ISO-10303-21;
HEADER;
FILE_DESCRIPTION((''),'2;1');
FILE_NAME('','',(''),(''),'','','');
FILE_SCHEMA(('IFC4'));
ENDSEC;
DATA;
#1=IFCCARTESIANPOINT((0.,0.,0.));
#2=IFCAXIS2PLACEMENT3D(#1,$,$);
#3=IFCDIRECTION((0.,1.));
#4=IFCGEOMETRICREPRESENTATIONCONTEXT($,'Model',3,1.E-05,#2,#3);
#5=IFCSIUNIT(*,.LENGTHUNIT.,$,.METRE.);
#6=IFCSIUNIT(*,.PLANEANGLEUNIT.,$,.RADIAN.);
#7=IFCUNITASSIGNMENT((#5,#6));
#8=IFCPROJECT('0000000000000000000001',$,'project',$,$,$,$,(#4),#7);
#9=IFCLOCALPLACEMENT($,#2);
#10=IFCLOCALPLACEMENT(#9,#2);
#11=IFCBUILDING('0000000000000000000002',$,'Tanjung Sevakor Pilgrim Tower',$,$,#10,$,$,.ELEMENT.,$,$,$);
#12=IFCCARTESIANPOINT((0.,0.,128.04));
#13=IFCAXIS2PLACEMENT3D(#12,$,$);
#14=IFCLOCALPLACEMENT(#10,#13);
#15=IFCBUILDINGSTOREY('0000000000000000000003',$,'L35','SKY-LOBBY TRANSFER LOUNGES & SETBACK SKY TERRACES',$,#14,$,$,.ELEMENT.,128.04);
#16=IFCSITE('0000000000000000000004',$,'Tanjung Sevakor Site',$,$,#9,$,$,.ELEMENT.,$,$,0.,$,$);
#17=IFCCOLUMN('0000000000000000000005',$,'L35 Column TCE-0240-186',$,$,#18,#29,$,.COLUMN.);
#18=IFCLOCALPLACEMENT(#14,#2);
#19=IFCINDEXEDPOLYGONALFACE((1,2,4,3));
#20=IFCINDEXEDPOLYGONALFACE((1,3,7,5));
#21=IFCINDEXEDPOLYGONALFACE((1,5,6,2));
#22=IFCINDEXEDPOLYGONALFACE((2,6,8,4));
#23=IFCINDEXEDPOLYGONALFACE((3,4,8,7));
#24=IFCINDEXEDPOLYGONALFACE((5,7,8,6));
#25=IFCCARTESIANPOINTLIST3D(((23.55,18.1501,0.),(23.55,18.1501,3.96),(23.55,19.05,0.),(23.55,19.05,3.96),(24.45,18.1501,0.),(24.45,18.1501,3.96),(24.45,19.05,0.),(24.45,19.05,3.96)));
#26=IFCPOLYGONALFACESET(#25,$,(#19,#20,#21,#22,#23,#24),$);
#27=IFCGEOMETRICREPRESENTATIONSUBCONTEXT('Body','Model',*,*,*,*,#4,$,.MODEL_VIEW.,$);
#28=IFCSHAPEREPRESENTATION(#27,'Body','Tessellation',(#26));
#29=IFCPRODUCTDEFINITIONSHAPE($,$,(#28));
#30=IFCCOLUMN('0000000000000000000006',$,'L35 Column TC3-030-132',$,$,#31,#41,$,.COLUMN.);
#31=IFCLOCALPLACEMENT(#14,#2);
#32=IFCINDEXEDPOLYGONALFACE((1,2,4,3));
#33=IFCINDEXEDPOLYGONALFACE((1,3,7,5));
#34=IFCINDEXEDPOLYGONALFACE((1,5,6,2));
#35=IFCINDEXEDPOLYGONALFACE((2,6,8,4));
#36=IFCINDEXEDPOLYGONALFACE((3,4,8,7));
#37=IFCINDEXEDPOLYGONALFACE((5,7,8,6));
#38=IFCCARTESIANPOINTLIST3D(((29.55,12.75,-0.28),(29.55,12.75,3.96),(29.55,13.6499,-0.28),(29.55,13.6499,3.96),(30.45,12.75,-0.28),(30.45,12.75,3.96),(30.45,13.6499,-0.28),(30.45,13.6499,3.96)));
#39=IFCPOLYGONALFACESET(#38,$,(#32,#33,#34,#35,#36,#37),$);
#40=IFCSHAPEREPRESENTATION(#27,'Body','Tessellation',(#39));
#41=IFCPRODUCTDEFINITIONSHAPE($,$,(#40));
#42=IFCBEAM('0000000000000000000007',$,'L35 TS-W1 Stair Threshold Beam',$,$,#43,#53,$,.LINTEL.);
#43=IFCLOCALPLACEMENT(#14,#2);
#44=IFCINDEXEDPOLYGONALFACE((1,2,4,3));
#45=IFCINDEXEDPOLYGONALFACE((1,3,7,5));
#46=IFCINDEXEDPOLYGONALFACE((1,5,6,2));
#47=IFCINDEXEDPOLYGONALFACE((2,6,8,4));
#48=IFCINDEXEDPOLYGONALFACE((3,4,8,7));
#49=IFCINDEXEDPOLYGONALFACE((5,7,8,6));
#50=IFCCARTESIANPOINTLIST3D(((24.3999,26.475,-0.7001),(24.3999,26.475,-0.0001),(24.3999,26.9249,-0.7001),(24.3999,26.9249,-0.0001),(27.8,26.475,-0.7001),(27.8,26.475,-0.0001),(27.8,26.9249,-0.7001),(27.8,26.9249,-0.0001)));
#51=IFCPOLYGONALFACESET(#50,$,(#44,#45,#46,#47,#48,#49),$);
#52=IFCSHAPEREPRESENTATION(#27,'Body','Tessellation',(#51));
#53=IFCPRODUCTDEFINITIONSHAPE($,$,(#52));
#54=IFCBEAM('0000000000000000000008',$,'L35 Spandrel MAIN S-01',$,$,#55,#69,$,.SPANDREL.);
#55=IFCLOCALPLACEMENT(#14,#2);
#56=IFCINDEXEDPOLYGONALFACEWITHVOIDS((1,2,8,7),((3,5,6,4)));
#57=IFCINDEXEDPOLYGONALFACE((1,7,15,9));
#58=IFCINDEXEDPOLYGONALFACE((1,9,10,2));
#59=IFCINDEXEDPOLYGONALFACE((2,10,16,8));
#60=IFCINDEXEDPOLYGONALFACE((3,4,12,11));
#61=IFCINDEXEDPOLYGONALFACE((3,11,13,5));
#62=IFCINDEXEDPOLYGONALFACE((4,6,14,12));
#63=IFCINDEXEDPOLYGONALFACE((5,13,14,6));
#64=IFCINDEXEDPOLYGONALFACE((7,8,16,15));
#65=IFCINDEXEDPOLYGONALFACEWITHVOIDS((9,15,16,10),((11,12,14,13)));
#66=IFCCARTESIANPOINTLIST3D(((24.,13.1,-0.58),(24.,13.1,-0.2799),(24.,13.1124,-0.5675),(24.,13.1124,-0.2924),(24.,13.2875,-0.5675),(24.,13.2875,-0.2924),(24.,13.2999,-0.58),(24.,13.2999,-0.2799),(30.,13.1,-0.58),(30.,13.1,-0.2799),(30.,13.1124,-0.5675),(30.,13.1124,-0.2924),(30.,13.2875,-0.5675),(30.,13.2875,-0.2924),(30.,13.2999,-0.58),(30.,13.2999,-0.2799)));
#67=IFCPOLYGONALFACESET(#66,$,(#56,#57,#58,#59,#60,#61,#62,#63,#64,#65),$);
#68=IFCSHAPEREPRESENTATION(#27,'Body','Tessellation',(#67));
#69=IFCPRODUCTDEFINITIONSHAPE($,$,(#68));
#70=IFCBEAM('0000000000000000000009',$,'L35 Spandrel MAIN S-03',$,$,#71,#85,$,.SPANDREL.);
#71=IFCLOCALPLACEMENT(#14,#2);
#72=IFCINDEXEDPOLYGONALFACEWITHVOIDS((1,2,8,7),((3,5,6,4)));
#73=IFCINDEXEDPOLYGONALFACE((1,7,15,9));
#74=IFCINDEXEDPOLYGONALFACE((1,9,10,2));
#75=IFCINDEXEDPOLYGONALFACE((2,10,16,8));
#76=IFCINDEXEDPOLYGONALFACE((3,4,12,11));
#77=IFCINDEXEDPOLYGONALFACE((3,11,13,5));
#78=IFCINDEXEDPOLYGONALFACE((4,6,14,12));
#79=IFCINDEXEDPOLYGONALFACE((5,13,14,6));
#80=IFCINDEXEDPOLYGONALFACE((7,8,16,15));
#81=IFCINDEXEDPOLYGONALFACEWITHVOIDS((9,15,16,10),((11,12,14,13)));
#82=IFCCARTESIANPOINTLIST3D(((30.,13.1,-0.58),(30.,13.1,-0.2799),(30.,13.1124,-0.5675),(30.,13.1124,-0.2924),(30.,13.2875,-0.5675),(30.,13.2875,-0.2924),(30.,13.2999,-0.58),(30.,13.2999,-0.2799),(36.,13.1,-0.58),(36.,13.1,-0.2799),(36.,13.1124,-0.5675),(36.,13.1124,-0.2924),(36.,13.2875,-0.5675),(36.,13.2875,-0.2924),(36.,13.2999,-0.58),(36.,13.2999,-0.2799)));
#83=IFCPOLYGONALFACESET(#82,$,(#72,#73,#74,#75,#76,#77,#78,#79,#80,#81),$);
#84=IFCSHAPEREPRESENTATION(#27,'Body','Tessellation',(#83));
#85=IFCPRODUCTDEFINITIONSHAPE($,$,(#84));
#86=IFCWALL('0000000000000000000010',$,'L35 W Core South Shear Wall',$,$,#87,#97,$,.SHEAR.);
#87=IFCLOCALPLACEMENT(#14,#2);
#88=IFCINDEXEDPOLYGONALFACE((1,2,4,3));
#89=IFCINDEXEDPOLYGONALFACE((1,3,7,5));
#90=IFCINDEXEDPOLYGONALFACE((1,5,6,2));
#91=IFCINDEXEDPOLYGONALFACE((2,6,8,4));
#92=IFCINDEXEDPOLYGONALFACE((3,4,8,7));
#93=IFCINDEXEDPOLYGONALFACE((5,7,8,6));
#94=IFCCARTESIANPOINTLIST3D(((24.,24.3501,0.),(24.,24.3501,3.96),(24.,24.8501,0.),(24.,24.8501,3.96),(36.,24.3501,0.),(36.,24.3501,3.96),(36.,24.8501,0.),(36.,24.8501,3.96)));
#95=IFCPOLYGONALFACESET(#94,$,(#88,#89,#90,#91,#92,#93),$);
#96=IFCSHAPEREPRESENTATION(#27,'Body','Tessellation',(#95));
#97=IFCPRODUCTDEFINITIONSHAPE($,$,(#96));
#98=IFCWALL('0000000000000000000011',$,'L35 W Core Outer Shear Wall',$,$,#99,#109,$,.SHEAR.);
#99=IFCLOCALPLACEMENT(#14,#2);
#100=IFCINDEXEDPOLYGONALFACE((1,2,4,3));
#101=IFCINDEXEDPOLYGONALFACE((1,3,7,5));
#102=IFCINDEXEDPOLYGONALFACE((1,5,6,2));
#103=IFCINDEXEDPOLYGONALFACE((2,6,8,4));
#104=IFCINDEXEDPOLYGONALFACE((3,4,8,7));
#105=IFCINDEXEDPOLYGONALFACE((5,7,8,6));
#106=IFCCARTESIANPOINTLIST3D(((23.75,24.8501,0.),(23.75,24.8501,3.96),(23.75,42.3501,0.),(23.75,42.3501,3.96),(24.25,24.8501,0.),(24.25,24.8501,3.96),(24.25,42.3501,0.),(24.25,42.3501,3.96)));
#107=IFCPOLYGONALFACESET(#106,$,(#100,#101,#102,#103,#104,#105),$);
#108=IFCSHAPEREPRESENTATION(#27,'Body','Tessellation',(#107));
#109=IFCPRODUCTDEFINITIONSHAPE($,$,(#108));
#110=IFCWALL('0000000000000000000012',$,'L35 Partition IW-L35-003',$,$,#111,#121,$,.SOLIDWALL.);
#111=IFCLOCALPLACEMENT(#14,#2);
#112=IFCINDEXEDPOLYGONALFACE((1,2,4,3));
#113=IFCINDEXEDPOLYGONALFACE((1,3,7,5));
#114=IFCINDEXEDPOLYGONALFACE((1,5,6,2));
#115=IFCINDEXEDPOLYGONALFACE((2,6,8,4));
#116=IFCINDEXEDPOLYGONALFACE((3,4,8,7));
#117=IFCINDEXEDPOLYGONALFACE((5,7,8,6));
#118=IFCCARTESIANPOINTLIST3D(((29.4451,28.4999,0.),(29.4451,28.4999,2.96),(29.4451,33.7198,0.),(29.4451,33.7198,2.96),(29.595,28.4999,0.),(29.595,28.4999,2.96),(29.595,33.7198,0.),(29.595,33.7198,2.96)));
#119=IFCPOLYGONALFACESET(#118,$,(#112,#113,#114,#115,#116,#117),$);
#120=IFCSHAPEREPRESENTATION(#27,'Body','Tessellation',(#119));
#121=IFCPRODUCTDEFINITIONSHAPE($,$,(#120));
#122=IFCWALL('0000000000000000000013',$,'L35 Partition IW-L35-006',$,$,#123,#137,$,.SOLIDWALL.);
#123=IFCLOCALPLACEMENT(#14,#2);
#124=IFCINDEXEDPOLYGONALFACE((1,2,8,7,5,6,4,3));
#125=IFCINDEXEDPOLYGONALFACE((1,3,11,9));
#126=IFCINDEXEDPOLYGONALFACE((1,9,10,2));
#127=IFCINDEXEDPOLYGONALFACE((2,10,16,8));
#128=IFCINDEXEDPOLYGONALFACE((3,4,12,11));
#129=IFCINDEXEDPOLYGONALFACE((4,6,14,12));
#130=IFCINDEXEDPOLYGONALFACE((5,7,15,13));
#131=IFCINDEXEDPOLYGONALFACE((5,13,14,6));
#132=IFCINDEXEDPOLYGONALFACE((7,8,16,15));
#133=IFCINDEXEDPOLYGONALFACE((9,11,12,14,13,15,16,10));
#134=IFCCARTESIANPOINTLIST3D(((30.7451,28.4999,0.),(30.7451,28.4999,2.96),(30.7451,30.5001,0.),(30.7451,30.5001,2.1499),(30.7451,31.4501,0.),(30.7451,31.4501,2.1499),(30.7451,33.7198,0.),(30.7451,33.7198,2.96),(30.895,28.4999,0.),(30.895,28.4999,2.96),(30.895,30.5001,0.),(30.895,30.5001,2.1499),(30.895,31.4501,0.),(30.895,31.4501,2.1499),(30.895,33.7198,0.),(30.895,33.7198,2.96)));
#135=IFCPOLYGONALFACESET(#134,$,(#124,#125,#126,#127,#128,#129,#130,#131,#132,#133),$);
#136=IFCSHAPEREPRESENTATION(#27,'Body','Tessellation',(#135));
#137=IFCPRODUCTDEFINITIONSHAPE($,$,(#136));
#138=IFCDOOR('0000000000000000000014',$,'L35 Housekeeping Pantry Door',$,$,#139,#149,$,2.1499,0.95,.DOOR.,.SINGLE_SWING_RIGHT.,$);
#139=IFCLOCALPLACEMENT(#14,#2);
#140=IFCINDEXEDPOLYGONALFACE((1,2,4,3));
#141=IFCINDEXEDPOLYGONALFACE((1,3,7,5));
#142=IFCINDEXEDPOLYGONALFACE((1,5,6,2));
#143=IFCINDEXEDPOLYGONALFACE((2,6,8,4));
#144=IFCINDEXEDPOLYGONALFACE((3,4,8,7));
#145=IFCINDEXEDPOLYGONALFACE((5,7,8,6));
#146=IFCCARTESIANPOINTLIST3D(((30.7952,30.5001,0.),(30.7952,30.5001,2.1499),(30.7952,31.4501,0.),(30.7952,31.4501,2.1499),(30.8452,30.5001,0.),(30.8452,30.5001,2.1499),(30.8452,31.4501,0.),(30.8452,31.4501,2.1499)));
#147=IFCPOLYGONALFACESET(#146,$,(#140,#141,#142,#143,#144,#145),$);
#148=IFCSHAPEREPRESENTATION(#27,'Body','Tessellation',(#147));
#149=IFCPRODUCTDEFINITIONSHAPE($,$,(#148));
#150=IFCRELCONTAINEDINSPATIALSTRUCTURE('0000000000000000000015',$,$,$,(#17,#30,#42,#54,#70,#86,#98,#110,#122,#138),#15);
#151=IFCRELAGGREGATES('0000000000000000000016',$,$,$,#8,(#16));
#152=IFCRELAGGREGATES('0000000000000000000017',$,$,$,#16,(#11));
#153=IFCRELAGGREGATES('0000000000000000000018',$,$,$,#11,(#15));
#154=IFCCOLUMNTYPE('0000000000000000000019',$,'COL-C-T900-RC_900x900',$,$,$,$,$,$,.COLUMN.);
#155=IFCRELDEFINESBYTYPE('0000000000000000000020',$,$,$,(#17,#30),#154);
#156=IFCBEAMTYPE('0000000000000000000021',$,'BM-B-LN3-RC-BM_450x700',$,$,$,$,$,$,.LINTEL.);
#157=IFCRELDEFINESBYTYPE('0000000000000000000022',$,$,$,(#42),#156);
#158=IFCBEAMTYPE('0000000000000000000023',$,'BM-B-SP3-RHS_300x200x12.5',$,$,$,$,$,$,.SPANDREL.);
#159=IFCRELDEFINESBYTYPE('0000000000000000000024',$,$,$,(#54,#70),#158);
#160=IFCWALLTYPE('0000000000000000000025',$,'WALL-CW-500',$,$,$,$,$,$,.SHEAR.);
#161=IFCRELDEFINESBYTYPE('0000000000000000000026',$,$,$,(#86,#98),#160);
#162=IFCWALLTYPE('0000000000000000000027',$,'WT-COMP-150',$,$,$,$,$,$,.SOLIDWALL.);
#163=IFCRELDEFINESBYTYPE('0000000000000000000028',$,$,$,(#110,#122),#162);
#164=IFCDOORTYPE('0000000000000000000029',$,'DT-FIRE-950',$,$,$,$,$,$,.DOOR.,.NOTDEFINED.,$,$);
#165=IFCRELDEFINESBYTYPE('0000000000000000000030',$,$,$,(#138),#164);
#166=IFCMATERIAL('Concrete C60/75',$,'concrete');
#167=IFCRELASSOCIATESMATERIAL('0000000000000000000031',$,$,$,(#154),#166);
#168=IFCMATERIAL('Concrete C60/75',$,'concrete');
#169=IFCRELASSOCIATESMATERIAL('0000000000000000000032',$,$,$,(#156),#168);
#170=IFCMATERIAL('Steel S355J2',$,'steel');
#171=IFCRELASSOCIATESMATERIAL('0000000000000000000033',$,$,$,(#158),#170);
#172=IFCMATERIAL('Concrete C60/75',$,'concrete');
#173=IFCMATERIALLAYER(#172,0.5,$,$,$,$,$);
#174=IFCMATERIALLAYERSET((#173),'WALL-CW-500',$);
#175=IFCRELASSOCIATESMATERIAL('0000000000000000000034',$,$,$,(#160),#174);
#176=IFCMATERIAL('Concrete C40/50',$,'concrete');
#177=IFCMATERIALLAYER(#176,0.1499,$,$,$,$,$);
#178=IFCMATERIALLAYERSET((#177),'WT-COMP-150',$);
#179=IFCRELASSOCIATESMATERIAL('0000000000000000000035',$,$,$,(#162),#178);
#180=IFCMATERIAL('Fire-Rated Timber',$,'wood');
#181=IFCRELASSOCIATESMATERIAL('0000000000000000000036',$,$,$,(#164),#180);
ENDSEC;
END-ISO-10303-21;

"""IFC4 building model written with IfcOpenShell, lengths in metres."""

from ifc_helpers import new_model, si_unit, direction, frame, frame_2d, origin, origin_2d, place, context, subcontext, project, spatial, rectangle, hollow_rectangle, extrude, material, layer, layer_set, material_profile, profile_set, type_object, element, fill, save


model = new_model("IFC4")

# Units and contexts
model_context = context("Model", 3, precision=1e-05, world=origin(), true_north=direction((0.0, 1.0)))
body_context = subcontext(model_context, "Body", "Model", "MODEL_VIEW")
ifc_project = project(units=[si_unit("LENGTHUNIT", "METRE"), si_unit("PLANEANGLEUNIT", "RADIAN")], contexts=[model_context])

# Site, building, storey
site_placement = place(None, origin())
site = spatial("IfcSite", under=ifc_project, at=site_placement, Name="Tanjung Sevakor Site", CompositionType="ELEMENT", RefElevation=0.0)
building_placement = place(site_placement, origin())
building = spatial("IfcBuilding", under=site, at=building_placement, Name="Tanjung Sevakor Pilgrim Tower", CompositionType="ELEMENT")
storey_placement = place(building_placement, frame((0.0, 0.0, 128.04)))
storey = spatial("IfcBuildingStorey", under=building, at=storey_placement, Name="L35", Description="SKY-LOBBY TRANSFER LOUNGES & SETBACK SKY TERRACES", CompositionType="ELEMENT", Elevation=128.04)

# Columns
ifc_material_1 = material(Name="Concrete C60/75", Category="concrete")
ifc_material_profile_1 = material_profile(ifc_material_1, rectangle(XDim=0.8999, YDim=0.8999, at=origin_2d()))
ifc_profile_set_1 = profile_set([ifc_material_profile_1], Name="Concrete C60/75")
column_type = type_object("IfcColumnType", Name="COL-C-T900-RC_900x900", PredefinedType="COLUMN", material=ifc_profile_set_1)
column_1_placement = place(storey_placement, frame((24.0, 18.6001, 0.0), z_axis=(0.0, 0.0, 1.0), x_axis=(1.0, 0.0, 0.0)))
element("IfcColumn", 1, at=column_1_placement, inside=storey, type_object=column_type, Name="L35 Column TCE-0240-186", PredefinedType="COLUMN", context=body_context, shape_type="SweptSolid", body=[
    extrude(rectangle(XDim=0.8999, YDim=0.8999, at=origin_2d()), origin(), (0.0, 0.0, 1.0), 3.96),
])
column_2_placement = place(storey_placement, frame((30.0, 13.2, -0.28), z_axis=(0.0, 0.0, 1.0), x_axis=(1.0, 0.0, 0.0)))
element("IfcColumn", 2, at=column_2_placement, inside=storey, type_object=column_type, Name="L35 Column TC3-030-132", PredefinedType="COLUMN", context=body_context, shape_type="SweptSolid", body=[
    extrude(rectangle(XDim=0.8999, YDim=0.8999, at=origin_2d()), origin(), (0.0, 0.0, 1.0), 4.24),
])

# Beams
ifc_material_2 = material(Name="Concrete C60/75", Category="concrete")
ifc_material_profile_2 = material_profile(ifc_material_2, rectangle(XDim=0.45, YDim=0.7, at=origin_2d()))
ifc_profile_set_2 = profile_set([ifc_material_profile_2], Name="Concrete C60/75")
beam_type_1 = type_object("IfcBeamType", Name="BM-B-LN3-RC-BM_450x700", PredefinedType="LINTEL", material=ifc_profile_set_2)
beam_placement = place(storey_placement, frame((24.3999, 26.7, -0.3501), z_axis=(1.0, 0.0, 0.0), x_axis=(0.0, 1.0, 0.0)))
element("IfcBeam", 3, at=beam_placement, inside=storey, type_object=beam_type_1, Name="L35 TS-W1 Stair Threshold Beam", PredefinedType="LINTEL", context=body_context, shape_type="SweptSolid", body=[
    extrude(rectangle(XDim=0.45, YDim=0.7, at=origin_2d()), origin(), (0.0, 0.0, 1.0), 3.4001),
])
ifc_material_3 = material(Name="Steel S355J2", Category="steel")
ifc_material_profile_3 = material_profile(ifc_material_3, hollow_rectangle(XDim=0.2, YDim=0.3, WallThickness=0.0125, at=origin_2d()))
ifc_profile_set_3 = profile_set([ifc_material_profile_3], Name="Steel S355J2")
beam_type_2 = type_object("IfcBeamType", Name="BM-B-SP3-RHS_300x200x12.5", PredefinedType="SPANDREL", material=ifc_profile_set_3)
for number, where, z_axis, x_axis, name in (
    (4, (24.0, 13.2, -0.4299), (1.0, 0.0, 0.0), (0.0, 1.0, 0.0), "L35 Spandrel MAIN S-01"),
    (5, (30.0, 13.2, -0.4299), (1.0, 0.0, 0.0), (0.0, 1.0, 0.0), "L35 Spandrel MAIN S-03"),
):
    element("IfcBeam", number, at=place(storey_placement, frame(where, z_axis=z_axis, x_axis=x_axis)), inside=storey, type_object=beam_type_2, Name=name, PredefinedType="SPANDREL", context=body_context, shape_type="SweptSolid", body=[
        extrude(hollow_rectangle(XDim=0.2, YDim=0.3, WallThickness=0.0125, at=origin_2d()), origin(), (0.0, 0.0, 1.0), 6.0),
    ])

# Walls
ifc_material_4 = material(Name="Concrete C60/75", Category="concrete")
ifc_layer_1 = layer(ifc_material_4, 0.5)
ifc_layer_set_1 = layer_set([ifc_layer_1], Name="WALL-CW-500")
wall_type_1 = type_object("IfcWallType", Name="WALL-CW-500", PredefinedType="SHEAR", material=ifc_layer_set_1)
wall_1_placement = place(storey_placement, frame((24.0, 24.6001, 0.0), z_axis=(0.0, 0.0, 1.0), x_axis=(1.0, 0.0, 0.0)))
element("IfcWall", 6, at=wall_1_placement, inside=storey, type_object=wall_type_1, Name="L35 W Core South Shear Wall", PredefinedType="SHEAR", context=body_context, shape_type="SweptSolid", body=[
    extrude(rectangle(XDim=12.0, YDim=0.5, at=frame_2d((6.0, 0.0))), origin(), (0.0, 0.0, 1.0), 3.96),
])
wall_2_placement = place(storey_placement, frame((24.0, 24.8501, 0.0), z_axis=(0.0, 0.0, 1.0), x_axis=(0.0, 1.0, 0.0)))
element("IfcWall", 7, at=wall_2_placement, inside=storey, type_object=wall_type_1, Name="L35 W Core Outer Shear Wall", PredefinedType="SHEAR", context=body_context, shape_type="SweptSolid", body=[
    extrude(rectangle(XDim=17.5, YDim=0.5, at=frame_2d((8.75, 0.0))), origin(), (0.0, 0.0, 1.0), 3.96),
])

# Wall
ifc_material_5 = material(Name="Concrete C40/50", Category="concrete")
ifc_layer_2 = layer(ifc_material_5, 0.1499)
ifc_layer_set_2 = layer_set([ifc_layer_2], Name="WT-COMP-150")
wall_type_2 = type_object("IfcWallType", Name="WT-COMP-150", PredefinedType="SOLIDWALL", material=ifc_layer_set_2)
wall_3_placement = place(storey_placement, frame((29.52, 28.5, 0.0), z_axis=(0.0, 0.0, 1.0), x_axis=(0.0, 1.0, 0.0)))
element("IfcWall", 8, at=wall_3_placement, inside=storey, type_object=wall_type_2, Name="L35 Partition IW-L35-003", PredefinedType="SOLIDWALL", context=body_context, shape_type="SweptSolid", body=[
    extrude(rectangle(XDim=5.22, YDim=0.1499, at=frame_2d((2.6099, 0.0))), origin(), (0.0, 0.0, 1.0), 2.96),
])

# Wall, opening, door
wall_4_placement = place(storey_placement, frame((30.8201, 28.5, 0.0), z_axis=(0.0, 0.0, 1.0), x_axis=(0.0, 1.0, 0.0)))
wall_4 = element("IfcWall", 9, at=wall_4_placement, inside=storey, type_object=wall_type_2, Name="L35 Partition IW-L35-006", PredefinedType="SOLIDWALL", context=body_context, shape_type="SweptSolid", body=[
    extrude(rectangle(XDim=5.22, YDim=0.1499, at=frame_2d((2.6099, 0.0))), origin(), (0.0, 0.0, 1.0), 2.96),
])
opening_1_placement = place(wall_4_placement, frame((2.0, 0.0, 0.0)))
opening_1 = element("IfcOpeningElement", 10, at=opening_1_placement, cuts=wall_4, PredefinedType="OPENING", context=body_context, shape_type="SweptSolid", body=[
    extrude(rectangle(XDim=0.95, YDim=2.1499, at=frame_2d((0.4751, 1.075))), frame((0.0, 0.085, 0.0), z_axis=(0.0, -1.0, 0.0), x_axis=(1.0, 0.0, 0.0)), (0.0, 0.0, 1.0), 0.1699),
])
ifc_material_6 = material(Name="Fire-Rated Timber", Category="wood")
door_type_1 = type_object("IfcDoorType", Name="DT-FIRE-950", OperationType="NOTDEFINED", PredefinedType="DOOR", material=ifc_material_6)
door_1_placement = place(opening_1_placement, origin())
door_1 = element("IfcDoor", 11, at=door_1_placement, inside=storey, type_object=door_type_1, Name="L35 Housekeeping Pantry Door", OperationType="SINGLE_SWING_RIGHT", OverallHeight=2.1499, OverallWidth=0.95, PredefinedType="DOOR", context=body_context, shape_type="SweptSolid", body=[
    extrude(rectangle(XDim=0.95, YDim=2.1499, at=frame_2d((0.4751, 1.075))), frame((0.0, 0.0249, 0.0), z_axis=(0.0, -1.0, 0.0), x_axis=(1.0, 0.0, 0.0)), (0.0, 0.0, 1.0), 0.05),
])
fill(opening_1, door_1)

save(model, "model.ifc")
